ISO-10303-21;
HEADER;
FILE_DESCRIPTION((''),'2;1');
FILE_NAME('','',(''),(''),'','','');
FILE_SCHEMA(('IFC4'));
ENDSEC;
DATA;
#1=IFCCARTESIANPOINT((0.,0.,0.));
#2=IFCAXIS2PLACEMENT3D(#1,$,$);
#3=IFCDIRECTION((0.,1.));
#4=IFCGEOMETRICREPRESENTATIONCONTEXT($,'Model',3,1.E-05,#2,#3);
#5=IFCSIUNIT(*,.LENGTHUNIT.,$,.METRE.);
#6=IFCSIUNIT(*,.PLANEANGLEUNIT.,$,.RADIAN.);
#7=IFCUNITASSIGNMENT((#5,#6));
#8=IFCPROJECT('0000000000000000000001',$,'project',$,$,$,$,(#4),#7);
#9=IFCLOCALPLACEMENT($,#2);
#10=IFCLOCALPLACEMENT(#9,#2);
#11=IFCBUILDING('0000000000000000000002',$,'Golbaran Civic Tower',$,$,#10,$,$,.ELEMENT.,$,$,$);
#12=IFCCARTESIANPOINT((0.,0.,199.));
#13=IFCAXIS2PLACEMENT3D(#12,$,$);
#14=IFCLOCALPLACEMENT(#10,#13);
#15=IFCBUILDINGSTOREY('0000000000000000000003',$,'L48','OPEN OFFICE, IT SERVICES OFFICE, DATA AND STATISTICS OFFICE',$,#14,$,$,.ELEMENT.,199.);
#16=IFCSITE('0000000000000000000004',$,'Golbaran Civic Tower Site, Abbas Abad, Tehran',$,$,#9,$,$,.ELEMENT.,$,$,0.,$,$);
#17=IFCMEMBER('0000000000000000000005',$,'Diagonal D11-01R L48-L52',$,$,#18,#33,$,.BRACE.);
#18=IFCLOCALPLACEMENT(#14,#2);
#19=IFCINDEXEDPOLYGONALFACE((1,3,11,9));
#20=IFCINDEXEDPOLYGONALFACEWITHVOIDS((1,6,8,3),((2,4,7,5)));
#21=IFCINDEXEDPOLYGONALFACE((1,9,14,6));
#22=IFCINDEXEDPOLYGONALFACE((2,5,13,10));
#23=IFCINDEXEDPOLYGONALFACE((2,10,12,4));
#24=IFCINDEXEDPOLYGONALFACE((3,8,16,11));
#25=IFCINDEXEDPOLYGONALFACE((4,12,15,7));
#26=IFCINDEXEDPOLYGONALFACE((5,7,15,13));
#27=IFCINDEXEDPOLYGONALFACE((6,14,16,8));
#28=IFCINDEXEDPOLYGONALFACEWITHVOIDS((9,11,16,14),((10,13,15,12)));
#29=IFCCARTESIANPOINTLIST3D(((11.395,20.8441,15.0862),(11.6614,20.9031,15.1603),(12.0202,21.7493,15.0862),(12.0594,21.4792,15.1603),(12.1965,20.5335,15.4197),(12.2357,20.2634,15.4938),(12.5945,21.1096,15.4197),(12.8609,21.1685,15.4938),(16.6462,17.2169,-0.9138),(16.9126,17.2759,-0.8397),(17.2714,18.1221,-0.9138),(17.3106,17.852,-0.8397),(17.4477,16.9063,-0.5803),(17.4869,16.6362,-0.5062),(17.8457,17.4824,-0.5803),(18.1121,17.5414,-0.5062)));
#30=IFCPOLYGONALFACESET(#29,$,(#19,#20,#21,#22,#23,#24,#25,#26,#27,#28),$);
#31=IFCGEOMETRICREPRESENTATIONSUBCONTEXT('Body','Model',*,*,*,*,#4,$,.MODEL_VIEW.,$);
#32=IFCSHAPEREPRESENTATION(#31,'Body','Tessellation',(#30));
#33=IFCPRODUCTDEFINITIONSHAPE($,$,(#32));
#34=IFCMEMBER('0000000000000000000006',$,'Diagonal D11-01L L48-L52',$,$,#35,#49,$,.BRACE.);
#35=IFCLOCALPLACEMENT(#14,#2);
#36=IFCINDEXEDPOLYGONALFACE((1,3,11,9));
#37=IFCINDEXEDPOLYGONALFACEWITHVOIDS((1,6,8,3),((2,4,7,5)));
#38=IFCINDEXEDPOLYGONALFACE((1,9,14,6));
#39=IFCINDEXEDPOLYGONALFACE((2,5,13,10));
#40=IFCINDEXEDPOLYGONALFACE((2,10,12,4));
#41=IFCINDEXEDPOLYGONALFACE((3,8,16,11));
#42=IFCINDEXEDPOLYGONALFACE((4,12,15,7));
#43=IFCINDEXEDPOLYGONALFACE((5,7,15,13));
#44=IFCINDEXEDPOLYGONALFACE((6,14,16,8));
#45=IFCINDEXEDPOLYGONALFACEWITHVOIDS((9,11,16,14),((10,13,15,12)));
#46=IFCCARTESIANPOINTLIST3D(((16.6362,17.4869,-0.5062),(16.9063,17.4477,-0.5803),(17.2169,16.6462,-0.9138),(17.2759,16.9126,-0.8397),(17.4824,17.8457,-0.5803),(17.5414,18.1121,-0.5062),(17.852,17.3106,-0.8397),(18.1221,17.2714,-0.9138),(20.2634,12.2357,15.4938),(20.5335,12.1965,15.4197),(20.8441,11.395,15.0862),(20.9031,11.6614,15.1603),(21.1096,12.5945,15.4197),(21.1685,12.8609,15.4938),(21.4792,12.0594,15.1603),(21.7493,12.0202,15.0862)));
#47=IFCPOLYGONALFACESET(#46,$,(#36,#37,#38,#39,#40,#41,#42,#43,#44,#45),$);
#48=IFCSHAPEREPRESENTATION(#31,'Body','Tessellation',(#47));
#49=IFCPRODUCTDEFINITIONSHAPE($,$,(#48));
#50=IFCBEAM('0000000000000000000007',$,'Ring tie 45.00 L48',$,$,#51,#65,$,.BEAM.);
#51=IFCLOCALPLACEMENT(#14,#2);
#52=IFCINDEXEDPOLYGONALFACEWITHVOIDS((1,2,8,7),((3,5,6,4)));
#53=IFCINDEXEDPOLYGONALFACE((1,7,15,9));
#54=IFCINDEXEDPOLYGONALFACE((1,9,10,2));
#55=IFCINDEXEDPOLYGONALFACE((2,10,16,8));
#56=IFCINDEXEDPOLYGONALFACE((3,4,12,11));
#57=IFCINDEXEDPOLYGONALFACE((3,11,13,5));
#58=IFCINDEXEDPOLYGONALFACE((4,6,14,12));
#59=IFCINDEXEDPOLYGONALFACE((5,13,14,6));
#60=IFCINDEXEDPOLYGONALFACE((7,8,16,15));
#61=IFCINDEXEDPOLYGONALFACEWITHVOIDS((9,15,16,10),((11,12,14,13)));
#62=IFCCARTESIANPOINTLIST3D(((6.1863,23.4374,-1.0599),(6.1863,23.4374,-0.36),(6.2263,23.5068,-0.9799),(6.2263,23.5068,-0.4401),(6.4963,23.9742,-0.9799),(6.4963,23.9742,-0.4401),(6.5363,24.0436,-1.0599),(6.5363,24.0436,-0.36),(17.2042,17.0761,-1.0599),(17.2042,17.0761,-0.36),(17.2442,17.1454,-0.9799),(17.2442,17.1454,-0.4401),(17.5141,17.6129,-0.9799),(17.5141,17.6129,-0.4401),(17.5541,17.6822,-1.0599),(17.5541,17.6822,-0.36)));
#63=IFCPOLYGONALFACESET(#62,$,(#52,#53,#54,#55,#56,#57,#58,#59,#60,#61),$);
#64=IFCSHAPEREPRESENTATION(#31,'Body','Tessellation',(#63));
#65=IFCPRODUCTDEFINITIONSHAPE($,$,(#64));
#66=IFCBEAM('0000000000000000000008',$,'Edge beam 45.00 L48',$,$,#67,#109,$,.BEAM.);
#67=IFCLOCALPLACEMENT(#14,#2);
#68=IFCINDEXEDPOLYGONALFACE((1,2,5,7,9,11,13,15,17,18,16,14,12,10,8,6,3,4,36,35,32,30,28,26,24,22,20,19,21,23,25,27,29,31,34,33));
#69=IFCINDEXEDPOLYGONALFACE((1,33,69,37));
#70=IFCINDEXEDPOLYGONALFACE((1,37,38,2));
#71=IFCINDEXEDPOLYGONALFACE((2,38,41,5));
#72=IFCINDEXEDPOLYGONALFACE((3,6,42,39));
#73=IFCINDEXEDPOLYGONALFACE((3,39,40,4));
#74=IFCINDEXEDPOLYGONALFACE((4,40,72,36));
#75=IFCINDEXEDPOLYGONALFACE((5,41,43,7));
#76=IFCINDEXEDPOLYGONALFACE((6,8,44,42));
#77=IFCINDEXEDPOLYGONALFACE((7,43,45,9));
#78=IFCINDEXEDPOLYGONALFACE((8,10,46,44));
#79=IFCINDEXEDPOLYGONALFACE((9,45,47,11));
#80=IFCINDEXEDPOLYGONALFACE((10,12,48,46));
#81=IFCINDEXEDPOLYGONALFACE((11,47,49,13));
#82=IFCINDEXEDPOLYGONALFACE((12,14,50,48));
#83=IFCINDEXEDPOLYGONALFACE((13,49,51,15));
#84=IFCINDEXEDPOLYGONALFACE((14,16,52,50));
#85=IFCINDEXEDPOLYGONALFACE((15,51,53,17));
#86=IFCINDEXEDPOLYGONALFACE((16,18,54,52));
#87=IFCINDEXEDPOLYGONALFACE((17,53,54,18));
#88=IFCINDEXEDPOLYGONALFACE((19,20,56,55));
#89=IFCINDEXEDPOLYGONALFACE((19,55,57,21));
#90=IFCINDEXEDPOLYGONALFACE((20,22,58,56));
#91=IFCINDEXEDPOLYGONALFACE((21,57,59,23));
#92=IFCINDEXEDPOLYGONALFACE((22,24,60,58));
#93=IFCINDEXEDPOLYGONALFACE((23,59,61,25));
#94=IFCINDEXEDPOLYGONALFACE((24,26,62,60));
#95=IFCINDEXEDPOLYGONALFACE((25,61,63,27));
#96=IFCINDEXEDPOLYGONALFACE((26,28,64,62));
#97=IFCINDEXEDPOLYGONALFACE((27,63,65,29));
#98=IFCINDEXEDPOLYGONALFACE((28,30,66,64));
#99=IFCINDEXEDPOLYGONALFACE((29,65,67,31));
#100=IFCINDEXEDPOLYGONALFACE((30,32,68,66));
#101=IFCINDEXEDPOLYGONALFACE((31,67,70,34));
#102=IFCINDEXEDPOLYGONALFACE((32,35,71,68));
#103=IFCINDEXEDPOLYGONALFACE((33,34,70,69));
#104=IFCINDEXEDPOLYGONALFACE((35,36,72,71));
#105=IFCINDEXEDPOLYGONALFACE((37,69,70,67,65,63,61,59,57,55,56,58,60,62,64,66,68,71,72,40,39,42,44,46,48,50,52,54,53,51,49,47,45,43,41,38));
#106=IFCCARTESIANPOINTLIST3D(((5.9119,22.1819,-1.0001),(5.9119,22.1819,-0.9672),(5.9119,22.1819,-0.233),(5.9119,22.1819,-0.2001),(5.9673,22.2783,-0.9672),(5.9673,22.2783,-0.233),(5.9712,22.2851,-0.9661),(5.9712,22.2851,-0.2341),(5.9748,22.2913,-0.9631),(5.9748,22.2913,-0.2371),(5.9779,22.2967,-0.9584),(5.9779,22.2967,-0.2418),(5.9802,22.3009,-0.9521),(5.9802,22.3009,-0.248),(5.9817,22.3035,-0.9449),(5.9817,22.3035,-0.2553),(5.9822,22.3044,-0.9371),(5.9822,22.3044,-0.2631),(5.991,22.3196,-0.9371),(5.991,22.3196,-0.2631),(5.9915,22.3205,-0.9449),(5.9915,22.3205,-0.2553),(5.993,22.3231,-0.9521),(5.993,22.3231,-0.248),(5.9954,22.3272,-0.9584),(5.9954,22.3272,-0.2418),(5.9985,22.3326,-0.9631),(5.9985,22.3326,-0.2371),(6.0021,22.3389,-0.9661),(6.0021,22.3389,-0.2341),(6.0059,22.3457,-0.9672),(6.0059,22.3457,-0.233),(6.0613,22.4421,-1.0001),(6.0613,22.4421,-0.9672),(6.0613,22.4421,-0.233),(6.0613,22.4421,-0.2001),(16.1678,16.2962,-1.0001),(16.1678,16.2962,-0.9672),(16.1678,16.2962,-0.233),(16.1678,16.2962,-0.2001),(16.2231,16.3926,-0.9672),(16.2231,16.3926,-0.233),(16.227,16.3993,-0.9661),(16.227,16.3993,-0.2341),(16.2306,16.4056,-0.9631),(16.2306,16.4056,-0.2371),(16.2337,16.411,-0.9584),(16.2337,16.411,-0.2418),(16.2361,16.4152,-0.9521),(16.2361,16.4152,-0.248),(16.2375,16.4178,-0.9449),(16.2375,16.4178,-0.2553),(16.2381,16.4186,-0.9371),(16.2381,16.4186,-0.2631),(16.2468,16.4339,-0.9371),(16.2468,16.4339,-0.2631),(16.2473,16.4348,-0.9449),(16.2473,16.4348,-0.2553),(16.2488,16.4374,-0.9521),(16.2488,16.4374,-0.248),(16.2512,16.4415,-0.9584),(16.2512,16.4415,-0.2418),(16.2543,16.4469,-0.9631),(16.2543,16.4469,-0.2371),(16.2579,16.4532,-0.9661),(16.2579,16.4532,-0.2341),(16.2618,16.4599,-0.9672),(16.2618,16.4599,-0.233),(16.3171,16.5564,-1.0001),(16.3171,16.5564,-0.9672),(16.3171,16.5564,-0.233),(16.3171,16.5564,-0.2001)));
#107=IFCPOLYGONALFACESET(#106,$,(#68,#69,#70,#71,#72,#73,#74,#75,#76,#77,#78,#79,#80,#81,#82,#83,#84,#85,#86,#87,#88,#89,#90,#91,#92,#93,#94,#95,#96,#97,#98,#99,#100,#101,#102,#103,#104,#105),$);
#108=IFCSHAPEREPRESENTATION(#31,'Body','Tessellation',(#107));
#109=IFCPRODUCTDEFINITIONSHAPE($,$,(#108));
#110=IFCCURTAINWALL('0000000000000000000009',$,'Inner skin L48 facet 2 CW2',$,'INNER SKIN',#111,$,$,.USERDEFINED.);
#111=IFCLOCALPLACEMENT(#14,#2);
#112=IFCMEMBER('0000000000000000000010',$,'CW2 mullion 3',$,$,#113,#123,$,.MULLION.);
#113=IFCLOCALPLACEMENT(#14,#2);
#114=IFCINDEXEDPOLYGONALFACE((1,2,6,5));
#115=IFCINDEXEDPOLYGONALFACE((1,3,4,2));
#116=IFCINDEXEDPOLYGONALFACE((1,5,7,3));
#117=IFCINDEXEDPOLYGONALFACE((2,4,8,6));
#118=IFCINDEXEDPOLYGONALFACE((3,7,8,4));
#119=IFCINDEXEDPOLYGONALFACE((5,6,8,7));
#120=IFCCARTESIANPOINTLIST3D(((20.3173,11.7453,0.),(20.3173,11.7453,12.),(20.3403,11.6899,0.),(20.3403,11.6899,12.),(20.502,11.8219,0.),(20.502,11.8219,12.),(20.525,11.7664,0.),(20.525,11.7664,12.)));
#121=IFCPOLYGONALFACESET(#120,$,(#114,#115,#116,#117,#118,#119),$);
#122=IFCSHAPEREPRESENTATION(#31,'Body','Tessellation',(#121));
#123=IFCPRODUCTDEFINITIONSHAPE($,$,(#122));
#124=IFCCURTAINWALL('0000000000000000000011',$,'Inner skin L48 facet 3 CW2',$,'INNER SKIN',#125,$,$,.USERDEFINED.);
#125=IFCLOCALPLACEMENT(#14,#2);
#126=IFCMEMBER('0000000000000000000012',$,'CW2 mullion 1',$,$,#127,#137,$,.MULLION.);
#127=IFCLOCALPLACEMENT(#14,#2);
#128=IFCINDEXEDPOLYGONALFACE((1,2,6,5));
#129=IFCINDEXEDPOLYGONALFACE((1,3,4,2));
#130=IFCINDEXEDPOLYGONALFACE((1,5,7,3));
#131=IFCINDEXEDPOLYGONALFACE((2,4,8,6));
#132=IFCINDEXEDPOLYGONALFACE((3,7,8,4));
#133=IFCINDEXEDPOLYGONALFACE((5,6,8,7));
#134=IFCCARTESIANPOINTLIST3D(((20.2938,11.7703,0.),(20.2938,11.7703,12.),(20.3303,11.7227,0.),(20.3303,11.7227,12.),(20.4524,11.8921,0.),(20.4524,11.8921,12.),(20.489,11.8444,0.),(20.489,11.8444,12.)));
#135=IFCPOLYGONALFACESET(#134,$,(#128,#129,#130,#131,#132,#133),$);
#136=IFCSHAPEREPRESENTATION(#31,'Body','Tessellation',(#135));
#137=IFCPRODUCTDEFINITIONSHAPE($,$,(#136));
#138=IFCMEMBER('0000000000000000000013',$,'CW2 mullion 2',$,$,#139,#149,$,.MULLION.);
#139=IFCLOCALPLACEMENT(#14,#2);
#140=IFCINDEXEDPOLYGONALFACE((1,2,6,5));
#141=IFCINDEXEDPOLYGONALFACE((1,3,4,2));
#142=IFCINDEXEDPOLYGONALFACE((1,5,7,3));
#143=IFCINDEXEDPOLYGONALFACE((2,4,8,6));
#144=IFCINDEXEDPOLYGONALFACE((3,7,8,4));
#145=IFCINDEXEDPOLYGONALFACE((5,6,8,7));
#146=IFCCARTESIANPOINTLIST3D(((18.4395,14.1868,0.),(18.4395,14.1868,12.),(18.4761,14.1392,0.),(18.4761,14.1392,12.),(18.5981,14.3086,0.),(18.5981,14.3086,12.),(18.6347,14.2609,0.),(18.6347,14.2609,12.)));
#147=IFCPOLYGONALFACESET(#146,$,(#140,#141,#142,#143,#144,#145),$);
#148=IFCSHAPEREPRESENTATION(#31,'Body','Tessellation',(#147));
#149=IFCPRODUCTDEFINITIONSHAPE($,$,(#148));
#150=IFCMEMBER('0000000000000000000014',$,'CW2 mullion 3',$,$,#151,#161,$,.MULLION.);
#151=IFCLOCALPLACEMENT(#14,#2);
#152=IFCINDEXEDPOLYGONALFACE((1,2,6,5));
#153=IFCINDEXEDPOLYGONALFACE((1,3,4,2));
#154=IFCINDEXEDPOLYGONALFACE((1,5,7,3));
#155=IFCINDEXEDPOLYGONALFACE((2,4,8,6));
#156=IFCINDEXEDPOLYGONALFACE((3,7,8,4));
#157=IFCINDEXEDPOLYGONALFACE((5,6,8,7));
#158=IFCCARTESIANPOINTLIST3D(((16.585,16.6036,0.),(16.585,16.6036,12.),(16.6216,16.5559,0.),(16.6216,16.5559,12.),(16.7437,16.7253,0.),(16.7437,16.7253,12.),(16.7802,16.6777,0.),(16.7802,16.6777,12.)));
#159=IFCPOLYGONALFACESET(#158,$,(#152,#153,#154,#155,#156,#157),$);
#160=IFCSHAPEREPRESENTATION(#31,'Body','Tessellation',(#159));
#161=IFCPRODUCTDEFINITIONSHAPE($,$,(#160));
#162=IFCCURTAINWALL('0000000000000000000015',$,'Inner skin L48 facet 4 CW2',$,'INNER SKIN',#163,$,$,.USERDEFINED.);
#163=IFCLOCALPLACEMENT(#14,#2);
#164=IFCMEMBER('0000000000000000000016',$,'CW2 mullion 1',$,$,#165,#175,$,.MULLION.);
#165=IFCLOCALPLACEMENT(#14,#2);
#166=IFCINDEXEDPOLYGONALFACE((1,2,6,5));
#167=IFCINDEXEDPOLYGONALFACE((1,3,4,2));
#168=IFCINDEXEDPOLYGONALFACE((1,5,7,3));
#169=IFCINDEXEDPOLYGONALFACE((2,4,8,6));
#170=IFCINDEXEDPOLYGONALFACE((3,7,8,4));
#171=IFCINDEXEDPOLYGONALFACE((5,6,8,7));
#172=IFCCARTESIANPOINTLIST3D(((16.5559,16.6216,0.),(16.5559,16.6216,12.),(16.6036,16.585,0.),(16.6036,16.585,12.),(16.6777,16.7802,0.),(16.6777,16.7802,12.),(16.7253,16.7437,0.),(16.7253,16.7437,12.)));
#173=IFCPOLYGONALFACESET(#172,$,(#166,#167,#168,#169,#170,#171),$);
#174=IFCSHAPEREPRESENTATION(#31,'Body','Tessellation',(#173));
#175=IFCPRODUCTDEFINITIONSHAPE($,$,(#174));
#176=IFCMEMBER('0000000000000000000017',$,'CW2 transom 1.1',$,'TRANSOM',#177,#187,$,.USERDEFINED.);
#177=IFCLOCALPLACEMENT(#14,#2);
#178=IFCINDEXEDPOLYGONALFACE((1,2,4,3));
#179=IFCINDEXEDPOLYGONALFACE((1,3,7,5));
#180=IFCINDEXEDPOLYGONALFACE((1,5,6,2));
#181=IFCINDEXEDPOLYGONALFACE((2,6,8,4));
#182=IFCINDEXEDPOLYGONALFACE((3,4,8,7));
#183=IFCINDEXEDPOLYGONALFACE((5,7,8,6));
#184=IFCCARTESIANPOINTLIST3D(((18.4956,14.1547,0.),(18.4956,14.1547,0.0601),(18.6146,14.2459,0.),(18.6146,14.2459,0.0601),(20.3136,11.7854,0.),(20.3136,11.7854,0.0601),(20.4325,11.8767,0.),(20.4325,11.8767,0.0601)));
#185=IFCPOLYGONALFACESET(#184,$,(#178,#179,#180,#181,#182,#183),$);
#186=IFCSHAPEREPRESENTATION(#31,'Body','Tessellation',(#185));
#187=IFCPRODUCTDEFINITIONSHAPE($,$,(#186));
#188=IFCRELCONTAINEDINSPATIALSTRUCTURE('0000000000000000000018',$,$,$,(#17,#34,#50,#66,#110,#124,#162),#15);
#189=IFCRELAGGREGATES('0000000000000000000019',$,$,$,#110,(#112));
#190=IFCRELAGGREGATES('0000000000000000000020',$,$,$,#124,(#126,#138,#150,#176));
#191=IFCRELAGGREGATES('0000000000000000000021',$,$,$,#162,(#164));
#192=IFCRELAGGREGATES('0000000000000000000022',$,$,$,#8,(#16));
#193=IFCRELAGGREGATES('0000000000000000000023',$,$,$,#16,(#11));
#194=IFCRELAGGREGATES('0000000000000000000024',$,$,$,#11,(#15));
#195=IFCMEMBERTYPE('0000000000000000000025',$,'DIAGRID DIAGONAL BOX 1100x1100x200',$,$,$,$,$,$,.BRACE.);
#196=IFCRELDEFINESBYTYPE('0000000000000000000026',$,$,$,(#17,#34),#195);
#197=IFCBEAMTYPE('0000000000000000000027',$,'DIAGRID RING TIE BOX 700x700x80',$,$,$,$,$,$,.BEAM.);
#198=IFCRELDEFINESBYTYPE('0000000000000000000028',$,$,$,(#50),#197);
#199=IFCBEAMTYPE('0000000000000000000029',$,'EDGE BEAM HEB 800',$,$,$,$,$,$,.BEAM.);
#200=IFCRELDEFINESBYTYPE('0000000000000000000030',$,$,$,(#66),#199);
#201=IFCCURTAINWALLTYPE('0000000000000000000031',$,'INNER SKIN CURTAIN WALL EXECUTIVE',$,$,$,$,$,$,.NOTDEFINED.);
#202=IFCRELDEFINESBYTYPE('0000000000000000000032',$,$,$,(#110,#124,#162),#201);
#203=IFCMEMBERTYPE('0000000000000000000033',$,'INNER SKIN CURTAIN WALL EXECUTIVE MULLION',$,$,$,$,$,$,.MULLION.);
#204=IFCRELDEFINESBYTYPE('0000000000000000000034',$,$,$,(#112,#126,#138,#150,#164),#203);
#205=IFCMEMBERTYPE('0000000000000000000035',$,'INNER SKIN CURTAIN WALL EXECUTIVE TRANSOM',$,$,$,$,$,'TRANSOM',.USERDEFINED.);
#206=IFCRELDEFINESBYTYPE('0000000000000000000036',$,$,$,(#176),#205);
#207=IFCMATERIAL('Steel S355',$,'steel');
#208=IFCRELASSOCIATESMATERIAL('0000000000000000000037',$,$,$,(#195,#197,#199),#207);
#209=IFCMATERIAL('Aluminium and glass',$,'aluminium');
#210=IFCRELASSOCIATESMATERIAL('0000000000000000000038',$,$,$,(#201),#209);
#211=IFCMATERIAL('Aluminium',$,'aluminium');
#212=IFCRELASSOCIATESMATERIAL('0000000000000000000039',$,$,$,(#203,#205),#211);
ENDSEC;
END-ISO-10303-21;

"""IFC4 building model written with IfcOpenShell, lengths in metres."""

from ifc_helpers import new_model, si_unit, direction, frame, origin, origin_2d, place, context, subcontext, project, spatial, rectangle, hollow_rectangle, i_section, extrude, material, material_profile, profile_set, type_object, element, aggregate, save


model = new_model("IFC4")

# Units and contexts
model_context = context("Model", 3, precision=1e-05, world=origin(), true_north=direction((0.0, 1.0)))
body_context = subcontext(model_context, "Body", "Model", "MODEL_VIEW")
ifc_project = project(units=[si_unit("LENGTHUNIT", "METRE"), si_unit("PLANEANGLEUNIT", "RADIAN")], contexts=[model_context])

# Site, building, storey
site_placement = place(None, origin())
site = spatial("IfcSite", under=ifc_project, at=site_placement, Name="Golbaran Civic Tower Site, Abbas Abad, Tehran", CompositionType="ELEMENT", RefElevation=0.0)
building_placement = place(site_placement, origin())
building = spatial("IfcBuilding", under=site, at=building_placement, Name="Golbaran Civic Tower", CompositionType="ELEMENT")
storey_placement = place(building_placement, frame((0.0, 0.0, 199.0)))
storey = spatial("IfcBuildingStorey", under=building, at=storey_placement, Name="L48", Description="OPEN OFFICE, IT SERVICES OFFICE, DATA AND STATISTICS OFFICE", CompositionType="ELEMENT", Elevation=199.0)

# Members
ifc_material_1 = material(Name="Steel S355", Category="steel")
ifc_material_profile_1 = material_profile(ifc_material_1, hollow_rectangle(XDim=1.1001, YDim=1.1001, WallThickness=0.2, at=origin_2d()), Name="BOX 1100x1100x200")
ifc_profile_set_1 = profile_set([ifc_material_profile_1], Name="Steel S355")
member_type_1 = type_object("IfcMemberType", Name="DIAGRID DIAGONAL BOX 1100x1100x200", PredefinedType="BRACE", material=ifc_profile_set_1)
for number, where, z_axis, x_axis, name in (
    (1, (17.3792, 17.3792, -0.71), (-0.304844, 0.210566, 0.928834), (-0.568334, -0.822798, 0.0), "Diagonal D11-01R L48-L52"),
    (2, (17.3792, 17.3792, -0.71), (0.210566, -0.304844, 0.928834), (0.822798, 0.568334, 0.0), "Diagonal D11-01L L48-L52"),
):
    element("IfcMember", number, at=place(storey_placement, frame(where, z_axis=z_axis, x_axis=x_axis)), inside=storey, type_object=member_type_1, Name=name, PredefinedType="BRACE", context=body_context, shape_type="SweptSolid", body=[
        extrude(hollow_rectangle(XDim=1.1001, YDim=1.1001, WallThickness=0.2, at=origin_2d()), origin(), (0.0, 0.0, 1.0), 17.2258),
    ])

# Beams
ifc_material_profile_2 = material_profile(ifc_material_1, hollow_rectangle(XDim=0.7, YDim=0.7, WallThickness=0.0801, at=origin_2d()), Name="BOX 700x700x80")
ifc_profile_set_2 = profile_set([ifc_material_profile_2], Name="Steel S355")
beam_type_1 = type_object("IfcBeamType", Name="DIAGRID RING TIE BOX 700x700x80", PredefinedType="BEAM", material=ifc_profile_set_2)
beam_1_placement = place(storey_placement, frame((17.3792, 17.3792, -0.71), z_axis=(-0.866019, 0.500011, 0.0), x_axis=(-0.500011, -0.866019, 0.0)))
element("IfcBeam", 3, at=beam_1_placement, inside=storey, type_object=beam_type_1, Name="Ring tie 45.00 L48", PredefinedType="BEAM", context=body_context, shape_type="SweptSolid", body=[
    extrude(hollow_rectangle(XDim=0.7, YDim=0.7, WallThickness=0.0801, at=origin_2d()), origin(), (0.0, 0.0, 1.0), 12.7224),
])
ifc_material_profile_3 = material_profile(ifc_material_1, i_section(OverallWidth=0.3, OverallDepth=0.8, WebThickness=0.0176, FlangeThickness=0.033, FilletRadius=0.03, at=origin_2d()), Name="HEB 800")
ifc_profile_set_3 = profile_set([ifc_material_profile_3], Name="Steel S355")
beam_type_2 = type_object("IfcBeamType", Name="EDGE BEAM HEB 800", PredefinedType="BEAM", material=ifc_profile_set_3)
beam_2_placement = place(storey_placement, frame((16.2424, 16.4263, -0.6001), z_axis=(-0.867322, 0.497748, 0.0), x_axis=(-0.497748, -0.867322, 0.0)))
element("IfcBeam", 4, at=beam_2_placement, inside=storey, type_object=beam_type_2, Name="Edge beam 45.00 L48", PredefinedType="BEAM", context=body_context, shape_type="SweptSolid", body=[
    extrude(i_section(OverallWidth=0.3, OverallDepth=0.8, WebThickness=0.0176, FlangeThickness=0.033, FilletRadius=0.03, at=origin_2d()), origin(), (0.0, 0.0, 1.0), 11.8247),
])

# Curtain wall, member
ifc_material_2 = material(Name="Aluminium and glass", Category="aluminium")
curtain_wall_type_1 = type_object("IfcCurtainWallType", Name="INNER SKIN CURTAIN WALL EXECUTIVE", PredefinedType="NOTDEFINED", material=ifc_material_2)
curtain_wall_1_placement = place(storey_placement, origin())
curtain_wall_1 = element("IfcCurtainWall", 5, at=curtain_wall_1_placement, inside=storey, type_object=curtain_wall_type_1, Name="Inner skin L48 facet 2 CW2", ObjectType="INNER SKIN", PredefinedType="USERDEFINED")
ifc_material_3 = material(Name="Aluminium", Category="aluminium")
ifc_material_profile_4 = material_profile(ifc_material_3, rectangle(XDim=0.2, YDim=0.0601, at=origin_2d()), Name="INNER SKIN CURTAIN WALL EXECUTIVE MULLION")
ifc_profile_set_4 = profile_set([ifc_material_profile_4], Name="Aluminium")
member_type_2 = type_object("IfcMemberType", Name="INNER SKIN CURTAIN WALL EXECUTIVE MULLION", PredefinedType="MULLION", material=ifc_profile_set_4)
member_1_placement = place(storey_placement, frame((20.4211, 11.7559, 0.0), z_axis=(0.0, 0.0, 1.0), x_axis=(-0.92388, -0.382683, 0.0)))
member_1 = element("IfcMember", 6, at=member_1_placement, type_object=member_type_2, Name="CW2 mullion 3", PredefinedType="MULLION", context=body_context, shape_type="SweptSolid", body=[
    extrude(rectangle(XDim=0.2, YDim=0.0601, at=origin_2d()), origin(), (0.0, 0.0, 1.0), 12.0),
])

# Curtain wall, members
curtain_wall_2_placement = place(storey_placement, origin())
curtain_wall_2 = element("IfcCurtainWall", 7, at=curtain_wall_2_placement, inside=storey, type_object=curtain_wall_type_1, Name="Inner skin L48 facet 3 CW2", ObjectType="INNER SKIN", PredefinedType="USERDEFINED")
member_2_placement = place(storey_placement, frame((20.3914, 11.8074, 0.0), z_axis=(0.0, 0.0, 1.0), x_axis=(-0.793353, -0.608761, 0.0)))
member_2 = element("IfcMember", 8, at=member_2_placement, type_object=member_type_2, Name="CW2 mullion 1", PredefinedType="MULLION", context=body_context, shape_type="SweptSolid", body=[
    extrude(rectangle(XDim=0.2, YDim=0.0601, at=origin_2d()), origin(), (0.0, 0.0, 1.0), 12.0),
])
member_3_placement = place(storey_placement, frame((18.5371, 14.2239, 0.0), z_axis=(0.0, 0.0, 1.0), x_axis=(-0.793353, -0.608761, 0.0)))
member_3 = element("IfcMember", 9, at=member_3_placement, type_object=member_type_2, Name="CW2 mullion 2", PredefinedType="MULLION", context=body_context, shape_type="SweptSolid", body=[
    extrude(rectangle(XDim=0.2, YDim=0.0601, at=origin_2d()), origin(), (0.0, 0.0, 1.0), 12.0),
])
member_4_placement = place(storey_placement, frame((16.6826, 16.6406, 0.0), z_axis=(0.0, 0.0, 1.0), x_axis=(-0.793353, -0.608761, 0.0)))
member_4 = element("IfcMember", 10, at=member_4_placement, type_object=member_type_2, Name="CW2 mullion 3", PredefinedType="MULLION", context=body_context, shape_type="SweptSolid", body=[
    extrude(rectangle(XDim=0.2, YDim=0.0601, at=origin_2d()), origin(), (0.0, 0.0, 1.0), 12.0),
])

# Curtain wall, member
curtain_wall_3_placement = place(storey_placement, origin())
curtain_wall_3 = element("IfcCurtainWall", 11, at=curtain_wall_3_placement, inside=storey, type_object=curtain_wall_type_1, Name="Inner skin L48 facet 4 CW2", ObjectType="INNER SKIN", PredefinedType="USERDEFINED")
member_5_placement = place(storey_placement, frame((16.6406, 16.6826, 0.0), z_axis=(0.0, 0.0, 1.0), x_axis=(-0.608761, -0.793353, 0.0)))
member_5 = element("IfcMember", 12, at=member_5_placement, type_object=member_type_2, Name="CW2 mullion 1", PredefinedType="MULLION", context=body_context, shape_type="SweptSolid", body=[
    extrude(rectangle(XDim=0.2, YDim=0.0601, at=origin_2d()), origin(), (0.0, 0.0, 1.0), 12.0),
])

# Member
ifc_material_profile_5 = material_profile(ifc_material_3, rectangle(XDim=0.1499, YDim=0.0601, at=origin_2d()), Name="INNER SKIN CURTAIN WALL EXECUTIVE TRANSOM")
ifc_profile_set_5 = profile_set([ifc_material_profile_5], Name="Aluminium")
member_type_3 = type_object("IfcMemberType", Name="INNER SKIN CURTAIN WALL EXECUTIVE TRANSOM", ElementType="TRANSOM", PredefinedType="USERDEFINED", material=ifc_profile_set_5)
member_6_placement = place(storey_placement, frame((20.373, 11.8311, 0.03), z_axis=(-0.608754, 0.793359, 0.0), x_axis=(-0.793359, -0.608754, 0.0)))
member_6 = element("IfcMember", 13, at=member_6_placement, type_object=member_type_3, Name="CW2 transom 1.1", ObjectType="TRANSOM", PredefinedType="USERDEFINED", context=body_context, shape_type="SweptSolid", body=[
    extrude(rectangle(XDim=0.1499, YDim=0.0601, at=origin_2d()), origin(), (0.0, 0.0, 1.0), 2.9863),
])

aggregate(curtain_wall_1, [member_1])
aggregate(curtain_wall_2, [member_2, member_3, member_4, member_6])
aggregate(curtain_wall_3, [member_5])

save(model, "model.ifc")
